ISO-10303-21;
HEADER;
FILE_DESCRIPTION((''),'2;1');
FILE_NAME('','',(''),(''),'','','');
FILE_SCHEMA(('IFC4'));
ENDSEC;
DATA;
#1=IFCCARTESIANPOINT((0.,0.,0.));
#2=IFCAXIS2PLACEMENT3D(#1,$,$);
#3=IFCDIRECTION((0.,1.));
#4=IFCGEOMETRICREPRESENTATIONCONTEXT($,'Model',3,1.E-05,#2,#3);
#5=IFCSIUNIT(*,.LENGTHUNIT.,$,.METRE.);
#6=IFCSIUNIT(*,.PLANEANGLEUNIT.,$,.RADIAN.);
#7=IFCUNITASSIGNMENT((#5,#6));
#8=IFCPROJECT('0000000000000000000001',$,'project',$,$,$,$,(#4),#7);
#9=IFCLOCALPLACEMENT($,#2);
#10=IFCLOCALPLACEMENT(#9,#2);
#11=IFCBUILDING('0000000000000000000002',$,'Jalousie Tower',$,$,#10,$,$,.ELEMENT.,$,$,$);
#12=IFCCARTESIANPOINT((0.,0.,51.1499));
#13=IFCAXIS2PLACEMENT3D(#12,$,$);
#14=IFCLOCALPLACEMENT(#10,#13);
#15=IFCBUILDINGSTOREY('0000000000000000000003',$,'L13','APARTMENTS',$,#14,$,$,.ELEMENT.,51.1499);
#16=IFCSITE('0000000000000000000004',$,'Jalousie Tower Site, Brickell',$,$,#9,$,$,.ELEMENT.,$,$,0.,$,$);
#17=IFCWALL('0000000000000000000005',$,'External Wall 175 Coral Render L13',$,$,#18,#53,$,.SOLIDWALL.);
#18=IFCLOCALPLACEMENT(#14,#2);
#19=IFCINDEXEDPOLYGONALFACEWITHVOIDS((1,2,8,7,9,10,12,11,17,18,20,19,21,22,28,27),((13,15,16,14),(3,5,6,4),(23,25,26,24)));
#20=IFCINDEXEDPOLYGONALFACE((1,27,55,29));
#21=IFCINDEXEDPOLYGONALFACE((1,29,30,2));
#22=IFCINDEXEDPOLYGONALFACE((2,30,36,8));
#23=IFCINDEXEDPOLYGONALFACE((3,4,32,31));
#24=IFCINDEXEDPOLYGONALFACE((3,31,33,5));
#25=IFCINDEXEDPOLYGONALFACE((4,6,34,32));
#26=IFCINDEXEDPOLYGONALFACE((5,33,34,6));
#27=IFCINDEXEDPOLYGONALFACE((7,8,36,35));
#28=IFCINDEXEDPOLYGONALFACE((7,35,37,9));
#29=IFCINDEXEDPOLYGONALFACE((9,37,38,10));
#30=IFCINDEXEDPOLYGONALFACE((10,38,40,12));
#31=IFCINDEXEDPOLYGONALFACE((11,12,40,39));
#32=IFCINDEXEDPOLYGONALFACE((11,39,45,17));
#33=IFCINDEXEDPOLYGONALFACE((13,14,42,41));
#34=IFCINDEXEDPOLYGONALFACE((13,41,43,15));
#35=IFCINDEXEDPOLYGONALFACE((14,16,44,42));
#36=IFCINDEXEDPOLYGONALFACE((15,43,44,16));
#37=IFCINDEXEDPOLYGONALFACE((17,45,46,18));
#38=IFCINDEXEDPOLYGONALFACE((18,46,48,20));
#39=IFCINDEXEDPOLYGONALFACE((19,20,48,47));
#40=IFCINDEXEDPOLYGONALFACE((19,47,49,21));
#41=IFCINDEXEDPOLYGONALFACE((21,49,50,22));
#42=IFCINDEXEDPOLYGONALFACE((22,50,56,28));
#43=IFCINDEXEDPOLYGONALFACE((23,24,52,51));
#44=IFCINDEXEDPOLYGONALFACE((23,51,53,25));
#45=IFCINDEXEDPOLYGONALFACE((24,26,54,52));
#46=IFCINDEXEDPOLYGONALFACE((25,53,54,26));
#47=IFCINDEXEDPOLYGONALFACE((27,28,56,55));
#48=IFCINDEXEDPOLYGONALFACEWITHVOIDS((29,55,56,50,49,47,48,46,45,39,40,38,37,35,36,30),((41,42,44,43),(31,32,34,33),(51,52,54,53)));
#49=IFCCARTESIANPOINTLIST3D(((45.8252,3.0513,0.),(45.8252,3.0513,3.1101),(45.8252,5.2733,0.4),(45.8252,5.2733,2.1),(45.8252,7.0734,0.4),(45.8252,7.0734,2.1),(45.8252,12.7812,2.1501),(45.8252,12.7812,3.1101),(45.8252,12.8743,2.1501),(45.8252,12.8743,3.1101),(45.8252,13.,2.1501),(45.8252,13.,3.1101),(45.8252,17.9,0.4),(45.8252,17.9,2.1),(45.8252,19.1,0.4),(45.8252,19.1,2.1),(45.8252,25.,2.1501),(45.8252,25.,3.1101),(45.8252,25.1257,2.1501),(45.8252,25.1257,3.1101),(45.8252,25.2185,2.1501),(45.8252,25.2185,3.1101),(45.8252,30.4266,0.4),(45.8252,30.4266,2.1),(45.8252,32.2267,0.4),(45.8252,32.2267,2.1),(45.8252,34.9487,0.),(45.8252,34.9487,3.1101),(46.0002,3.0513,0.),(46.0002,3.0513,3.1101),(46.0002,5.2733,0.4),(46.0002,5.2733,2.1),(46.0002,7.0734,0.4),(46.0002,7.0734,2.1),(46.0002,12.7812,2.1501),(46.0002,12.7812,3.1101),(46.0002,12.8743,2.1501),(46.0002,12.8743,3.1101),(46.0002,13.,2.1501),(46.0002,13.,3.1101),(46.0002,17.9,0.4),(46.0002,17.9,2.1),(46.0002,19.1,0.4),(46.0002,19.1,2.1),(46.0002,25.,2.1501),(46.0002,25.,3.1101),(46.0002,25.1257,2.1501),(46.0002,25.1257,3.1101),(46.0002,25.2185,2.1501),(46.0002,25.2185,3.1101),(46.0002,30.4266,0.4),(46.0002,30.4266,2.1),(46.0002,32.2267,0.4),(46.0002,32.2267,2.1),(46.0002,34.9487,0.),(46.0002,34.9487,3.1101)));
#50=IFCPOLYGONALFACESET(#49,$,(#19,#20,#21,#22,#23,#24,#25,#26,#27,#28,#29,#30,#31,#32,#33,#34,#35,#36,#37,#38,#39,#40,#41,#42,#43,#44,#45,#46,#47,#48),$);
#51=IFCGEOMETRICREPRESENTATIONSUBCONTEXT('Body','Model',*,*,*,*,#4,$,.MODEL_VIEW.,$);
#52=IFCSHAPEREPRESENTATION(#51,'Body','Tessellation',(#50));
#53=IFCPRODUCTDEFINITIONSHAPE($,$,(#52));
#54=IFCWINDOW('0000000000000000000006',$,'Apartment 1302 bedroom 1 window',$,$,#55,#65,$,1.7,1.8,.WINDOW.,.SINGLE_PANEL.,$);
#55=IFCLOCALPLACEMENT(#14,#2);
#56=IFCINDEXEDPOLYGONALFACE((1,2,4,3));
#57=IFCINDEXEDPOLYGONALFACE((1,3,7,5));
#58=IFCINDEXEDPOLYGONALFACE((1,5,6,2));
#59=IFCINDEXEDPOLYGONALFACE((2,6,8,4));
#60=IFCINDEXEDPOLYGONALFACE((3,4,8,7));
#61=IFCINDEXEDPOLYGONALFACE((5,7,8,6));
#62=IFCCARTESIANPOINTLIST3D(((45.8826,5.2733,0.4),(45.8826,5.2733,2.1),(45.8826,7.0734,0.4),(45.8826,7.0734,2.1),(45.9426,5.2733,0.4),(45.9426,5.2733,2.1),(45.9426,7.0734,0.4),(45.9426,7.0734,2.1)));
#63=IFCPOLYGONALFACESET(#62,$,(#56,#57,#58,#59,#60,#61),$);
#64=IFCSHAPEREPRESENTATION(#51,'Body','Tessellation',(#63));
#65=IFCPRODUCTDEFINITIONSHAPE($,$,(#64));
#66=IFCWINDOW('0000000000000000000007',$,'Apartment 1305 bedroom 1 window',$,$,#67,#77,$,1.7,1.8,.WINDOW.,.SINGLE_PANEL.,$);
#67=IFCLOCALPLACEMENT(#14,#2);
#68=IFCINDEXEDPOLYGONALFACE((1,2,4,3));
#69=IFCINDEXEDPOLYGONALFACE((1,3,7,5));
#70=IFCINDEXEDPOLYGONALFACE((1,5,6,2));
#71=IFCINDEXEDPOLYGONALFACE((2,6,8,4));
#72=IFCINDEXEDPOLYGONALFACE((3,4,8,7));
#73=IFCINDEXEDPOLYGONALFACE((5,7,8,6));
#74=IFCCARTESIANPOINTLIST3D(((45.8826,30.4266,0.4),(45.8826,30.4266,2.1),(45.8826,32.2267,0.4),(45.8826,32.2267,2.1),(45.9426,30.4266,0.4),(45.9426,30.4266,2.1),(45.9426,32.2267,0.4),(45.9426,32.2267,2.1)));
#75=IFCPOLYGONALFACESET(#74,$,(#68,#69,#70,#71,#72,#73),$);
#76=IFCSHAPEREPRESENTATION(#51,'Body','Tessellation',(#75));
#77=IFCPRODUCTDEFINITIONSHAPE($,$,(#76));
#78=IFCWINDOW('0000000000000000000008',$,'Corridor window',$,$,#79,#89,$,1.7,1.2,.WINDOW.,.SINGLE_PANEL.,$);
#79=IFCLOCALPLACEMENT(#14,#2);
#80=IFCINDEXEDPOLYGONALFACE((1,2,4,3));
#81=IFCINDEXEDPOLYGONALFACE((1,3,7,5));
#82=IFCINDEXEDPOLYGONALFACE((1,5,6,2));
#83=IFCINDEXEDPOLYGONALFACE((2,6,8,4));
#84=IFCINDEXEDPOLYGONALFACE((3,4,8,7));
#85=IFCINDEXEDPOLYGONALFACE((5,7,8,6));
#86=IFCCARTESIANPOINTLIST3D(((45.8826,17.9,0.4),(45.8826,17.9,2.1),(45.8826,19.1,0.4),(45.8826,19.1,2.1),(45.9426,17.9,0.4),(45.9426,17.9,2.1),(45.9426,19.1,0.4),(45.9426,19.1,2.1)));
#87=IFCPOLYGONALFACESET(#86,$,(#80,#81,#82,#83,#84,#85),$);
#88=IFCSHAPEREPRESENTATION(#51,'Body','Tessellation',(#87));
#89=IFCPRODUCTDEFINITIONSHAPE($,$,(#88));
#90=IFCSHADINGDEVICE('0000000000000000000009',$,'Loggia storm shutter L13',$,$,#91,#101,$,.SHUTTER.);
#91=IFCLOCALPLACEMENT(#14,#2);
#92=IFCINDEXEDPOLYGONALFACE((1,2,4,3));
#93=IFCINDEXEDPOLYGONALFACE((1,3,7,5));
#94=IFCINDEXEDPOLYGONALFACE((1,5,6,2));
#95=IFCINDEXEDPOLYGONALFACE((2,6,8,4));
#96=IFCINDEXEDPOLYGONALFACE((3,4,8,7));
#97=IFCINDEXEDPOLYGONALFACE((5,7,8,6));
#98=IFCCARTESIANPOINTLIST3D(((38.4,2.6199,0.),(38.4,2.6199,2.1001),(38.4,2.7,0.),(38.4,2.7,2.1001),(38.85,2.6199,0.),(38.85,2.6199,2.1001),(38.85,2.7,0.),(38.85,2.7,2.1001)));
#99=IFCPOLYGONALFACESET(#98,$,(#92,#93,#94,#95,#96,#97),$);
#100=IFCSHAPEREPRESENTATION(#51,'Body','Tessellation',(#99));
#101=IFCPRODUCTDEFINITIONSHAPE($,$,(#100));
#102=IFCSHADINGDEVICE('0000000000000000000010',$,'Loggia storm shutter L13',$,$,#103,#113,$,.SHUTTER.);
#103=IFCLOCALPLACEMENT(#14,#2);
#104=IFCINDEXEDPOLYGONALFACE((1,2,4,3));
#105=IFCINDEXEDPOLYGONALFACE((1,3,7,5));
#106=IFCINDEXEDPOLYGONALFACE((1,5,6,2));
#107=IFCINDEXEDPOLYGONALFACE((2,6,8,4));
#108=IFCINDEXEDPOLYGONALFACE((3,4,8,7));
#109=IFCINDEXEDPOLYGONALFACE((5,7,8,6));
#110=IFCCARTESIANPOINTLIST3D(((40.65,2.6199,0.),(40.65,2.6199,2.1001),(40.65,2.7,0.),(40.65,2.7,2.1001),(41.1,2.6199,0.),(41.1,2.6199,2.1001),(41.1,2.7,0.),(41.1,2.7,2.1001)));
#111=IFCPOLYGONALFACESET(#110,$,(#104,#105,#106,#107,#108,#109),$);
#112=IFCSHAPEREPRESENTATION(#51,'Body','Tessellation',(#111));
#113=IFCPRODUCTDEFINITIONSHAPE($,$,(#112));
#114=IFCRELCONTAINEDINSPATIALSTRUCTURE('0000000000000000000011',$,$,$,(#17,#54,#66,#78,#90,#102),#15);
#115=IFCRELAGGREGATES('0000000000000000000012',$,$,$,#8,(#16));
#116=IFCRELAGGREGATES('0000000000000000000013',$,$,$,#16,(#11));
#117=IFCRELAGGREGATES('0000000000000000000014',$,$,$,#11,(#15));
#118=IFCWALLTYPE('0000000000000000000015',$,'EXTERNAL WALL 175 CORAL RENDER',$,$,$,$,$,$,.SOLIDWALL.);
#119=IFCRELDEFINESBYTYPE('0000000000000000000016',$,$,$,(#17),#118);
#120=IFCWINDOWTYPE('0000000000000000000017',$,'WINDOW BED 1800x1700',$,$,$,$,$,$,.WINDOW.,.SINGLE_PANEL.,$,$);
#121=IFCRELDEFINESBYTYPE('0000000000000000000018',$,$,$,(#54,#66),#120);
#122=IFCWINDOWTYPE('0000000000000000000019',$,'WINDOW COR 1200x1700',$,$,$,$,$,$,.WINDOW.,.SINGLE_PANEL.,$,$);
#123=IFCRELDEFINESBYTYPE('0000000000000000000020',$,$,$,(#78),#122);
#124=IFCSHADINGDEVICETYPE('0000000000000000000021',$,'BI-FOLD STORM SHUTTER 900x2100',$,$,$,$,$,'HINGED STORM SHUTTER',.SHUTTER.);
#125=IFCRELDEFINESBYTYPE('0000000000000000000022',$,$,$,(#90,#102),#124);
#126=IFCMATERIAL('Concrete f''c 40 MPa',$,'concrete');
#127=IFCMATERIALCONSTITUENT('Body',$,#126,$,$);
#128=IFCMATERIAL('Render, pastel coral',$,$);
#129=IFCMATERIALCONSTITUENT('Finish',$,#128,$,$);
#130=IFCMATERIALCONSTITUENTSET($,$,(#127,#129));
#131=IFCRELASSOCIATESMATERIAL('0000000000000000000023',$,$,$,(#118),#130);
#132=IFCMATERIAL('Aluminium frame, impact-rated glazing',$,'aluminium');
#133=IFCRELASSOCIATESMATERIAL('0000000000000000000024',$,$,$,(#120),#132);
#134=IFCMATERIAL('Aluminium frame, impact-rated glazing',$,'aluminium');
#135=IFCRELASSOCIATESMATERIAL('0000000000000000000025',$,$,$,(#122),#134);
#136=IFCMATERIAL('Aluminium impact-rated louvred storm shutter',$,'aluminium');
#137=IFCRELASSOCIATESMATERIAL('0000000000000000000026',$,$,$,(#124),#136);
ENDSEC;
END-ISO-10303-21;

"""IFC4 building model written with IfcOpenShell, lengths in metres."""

from ifc_helpers import new_model, si_unit, direction, frame, frame_2d, origin, origin_2d, place, context, subcontext, project, spatial, polyline, rectangle, outline, extrude, material, constituent, constituent_set, type_object, element, fill, save


model = new_model("IFC4")

# Units and contexts
model_context = context("Model", 3, precision=1e-05, world=origin(), true_north=direction((0.0, 1.0)))
body_context = subcontext(model_context, "Body", "Model", "MODEL_VIEW")
ifc_project = project(units=[si_unit("LENGTHUNIT", "METRE"), si_unit("PLANEANGLEUNIT", "RADIAN")], contexts=[model_context])

# Site, building, storey
site_placement = place(None, origin())
site = spatial("IfcSite", under=ifc_project, at=site_placement, Name="Jalousie Tower Site, Brickell", CompositionType="ELEMENT", RefElevation=0.0)
building_placement = place(site_placement, origin())
building = spatial("IfcBuilding", under=site, at=building_placement, Name="Jalousie Tower", CompositionType="ELEMENT")
storey_placement = place(building_placement, frame((0.0, 0.0, 51.1499)))
storey = spatial("IfcBuildingStorey", under=building, at=storey_placement, Name="L13", Description="APARTMENTS", CompositionType="ELEMENT", Elevation=51.1499)

# Shared definitions
ifc_material_1 = material(Name="Concrete f'c 40 MPa", Category="concrete")
ifc_constituent_1 = constituent(ifc_material_1, Name="Body")
ifc_material_2 = material(Name="Render, pastel coral")
ifc_constituent_2 = constituent(ifc_material_2, Name="Finish")
ifc_constituent_set = constituent_set(constituents=[ifc_constituent_1, ifc_constituent_2])
wall_type = type_object("IfcWallType", Name="EXTERNAL WALL 175 CORAL RENDER", PredefinedType="SOLIDWALL", material=ifc_constituent_set)

# Wall, openings, windows
wall_1_placement = place(storey_placement, frame((45.9126, 3.0513, 0.0), z_axis=(0.0, 0.0, 1.0), x_axis=(0.0, 1.0, 0.0)))
wall_1 = element("IfcWall", 1, at=wall_1_placement, inside=storey, type_object=wall_type, Name="External Wall 175 Coral Render L13", PredefinedType="SOLIDWALL", context=body_context, shape_type="SweptSolid", body=[
    extrude(outline(polyline([(0.0, 0.0), (31.8975, 0.0), (31.8975, 3.1101), (22.1672, 3.1101), (22.1672, 2.1501), (22.0745, 2.1501), (22.0745, 3.1101), (21.9487, 3.1101), (21.9487, 2.1501), (9.9487, 2.1501), (9.9487, 3.1101), (9.823, 3.1101), (9.823, 2.1501), (9.73, 2.1501), (9.73, 3.1101), (0.0, 3.1101), (0.0, 0.0)])), frame((0.0, 0.0874, 0.0), z_axis=(0.0, -1.0, 0.0), x_axis=(1.0, 0.0, 0.0)), (0.0, 0.0, 1.0), 0.175),
])
opening_1_placement = place(wall_1_placement, frame((2.2222, 0.0, 0.3999)))
opening_1 = element("IfcOpeningElement", 2, at=opening_1_placement, cuts=wall_1, PredefinedType="OPENING", context=body_context, shape_type="SweptSolid", body=[
    extrude(rectangle(XDim=1.8, YDim=1.7, at=frame_2d((0.8999, 0.8501))), frame((0.0, 0.0974, 0.0), z_axis=(0.0, -1.0, 0.0), x_axis=(1.0, 0.0, 0.0)), (0.0, 0.0, 1.0), 0.1951),
])
opening_2_placement = place(wall_1_placement, frame((14.8486, 0.0, 0.3999)))
opening_2 = element("IfcOpeningElement", 3, at=opening_2_placement, cuts=wall_1, PredefinedType="OPENING", context=body_context, shape_type="SweptSolid", body=[
    extrude(rectangle(XDim=1.2, YDim=1.7, at=frame_2d((0.6001, 0.8501))), frame((0.0, 0.0974, 0.0), z_axis=(0.0, -1.0, 0.0), x_axis=(1.0, 0.0, 0.0)), (0.0, 0.0, 1.0), 0.1951),
])
opening_3_placement = place(wall_1_placement, frame((27.3755, 0.0, 0.3999)))
opening_3 = element("IfcOpeningElement", 4, at=opening_3_placement, cuts=wall_1, PredefinedType="OPENING", context=body_context, shape_type="SweptSolid", body=[
    extrude(rectangle(XDim=1.8, YDim=1.7, at=frame_2d((0.8999, 0.8501))), frame((0.0, 0.0974, 0.0), z_axis=(0.0, -1.0, 0.0), x_axis=(1.0, 0.0, 0.0)), (0.0, 0.0, 1.0), 0.1951),
])
ifc_material_3 = material(Name="Aluminium frame, impact-rated glazing", Category="aluminium")
window_type_1 = type_object("IfcWindowType", Name="WINDOW BED 1800x1700", PartitioningType="SINGLE_PANEL", PredefinedType="WINDOW", material=ifc_material_3)
window_1_placement = place(opening_1_placement, origin())
window_1 = element("IfcWindow", 5, at=window_1_placement, inside=storey, type_object=window_type_1, Name="Apartment 1302 bedroom 1 window", OverallHeight=1.7, OverallWidth=1.8, PartitioningType="SINGLE_PANEL", PredefinedType="WINDOW", context=body_context, shape_type="SweptSolid", body=[
    extrude(rectangle(XDim=1.8, YDim=1.7, at=frame_2d((0.8999, 0.8501))), frame((0.0, 0.03, 0.0), z_axis=(0.0, -1.0, 0.0), x_axis=(1.0, 0.0, 0.0)), (0.0, 0.0, 1.0), 0.0601),
])
fill(opening_1, window_1)
window_2_placement = place(opening_3_placement, origin())
window_2 = element("IfcWindow", 6, at=window_2_placement, inside=storey, type_object=window_type_1, Name="Apartment 1305 bedroom 1 window", OverallHeight=1.7, OverallWidth=1.8, PartitioningType="SINGLE_PANEL", PredefinedType="WINDOW", context=body_context, shape_type="SweptSolid", body=[
    extrude(rectangle(XDim=1.8, YDim=1.7, at=frame_2d((0.8999, 0.8501))), frame((0.0, 0.03, 0.0), z_axis=(0.0, -1.0, 0.0), x_axis=(1.0, 0.0, 0.0)), (0.0, 0.0, 1.0), 0.0601),
])
fill(opening_3, window_2)
ifc_material_4 = material(Name="Aluminium frame, impact-rated glazing", Category="aluminium")
window_type_2 = type_object("IfcWindowType", Name="WINDOW COR 1200x1700", PartitioningType="SINGLE_PANEL", PredefinedType="WINDOW", material=ifc_material_4)
window_3_placement = place(opening_2_placement, origin())
window_3 = element("IfcWindow", 7, at=window_3_placement, inside=storey, type_object=window_type_2, Name="Corridor window", OverallHeight=1.7, OverallWidth=1.2, PartitioningType="SINGLE_PANEL", PredefinedType="WINDOW", context=body_context, shape_type="SweptSolid", body=[
    extrude(rectangle(XDim=1.2, YDim=1.7, at=frame_2d((0.6001, 0.8501))), frame((0.0, 0.03, 0.0), z_axis=(0.0, -1.0, 0.0), x_axis=(1.0, 0.0, 0.0)), (0.0, 0.0, 1.0), 0.0601),
])
fill(opening_2, window_3)

# Shading devices
ifc_material_5 = material(Name="Aluminium impact-rated louvred storm shutter", Category="aluminium")
shading_device_type_1 = type_object("IfcShadingDeviceType", Name="BI-FOLD STORM SHUTTER 900x2100", ElementType="HINGED STORM SHUTTER", PredefinedType="SHUTTER", material=ifc_material_5)
for number, where, z_axis, x_axis, name in (
    (8, (38.625, 2.6599, 0.0), (0.0, 0.0, 1.0), (1.0, 0.0, 0.0), "Loggia storm shutter L13"),
    (9, (40.875, 2.6599, 0.0), (0.0, 0.0, 1.0), (1.0, 0.0, 0.0), "Loggia storm shutter L13"),
):
    element("IfcShadingDevice", number, at=place(storey_placement, frame(where, z_axis=z_axis, x_axis=x_axis)), inside=storey, type_object=shading_device_type_1, Name=name, PredefinedType="SHUTTER", context=body_context, shape_type="SweptSolid", body=[
        extrude(rectangle(XDim=0.45, YDim=0.0801, at=origin_2d()), origin(), (0.0, 0.0, 1.0), 2.1001),
    ])

save(model, "model.ifc")
